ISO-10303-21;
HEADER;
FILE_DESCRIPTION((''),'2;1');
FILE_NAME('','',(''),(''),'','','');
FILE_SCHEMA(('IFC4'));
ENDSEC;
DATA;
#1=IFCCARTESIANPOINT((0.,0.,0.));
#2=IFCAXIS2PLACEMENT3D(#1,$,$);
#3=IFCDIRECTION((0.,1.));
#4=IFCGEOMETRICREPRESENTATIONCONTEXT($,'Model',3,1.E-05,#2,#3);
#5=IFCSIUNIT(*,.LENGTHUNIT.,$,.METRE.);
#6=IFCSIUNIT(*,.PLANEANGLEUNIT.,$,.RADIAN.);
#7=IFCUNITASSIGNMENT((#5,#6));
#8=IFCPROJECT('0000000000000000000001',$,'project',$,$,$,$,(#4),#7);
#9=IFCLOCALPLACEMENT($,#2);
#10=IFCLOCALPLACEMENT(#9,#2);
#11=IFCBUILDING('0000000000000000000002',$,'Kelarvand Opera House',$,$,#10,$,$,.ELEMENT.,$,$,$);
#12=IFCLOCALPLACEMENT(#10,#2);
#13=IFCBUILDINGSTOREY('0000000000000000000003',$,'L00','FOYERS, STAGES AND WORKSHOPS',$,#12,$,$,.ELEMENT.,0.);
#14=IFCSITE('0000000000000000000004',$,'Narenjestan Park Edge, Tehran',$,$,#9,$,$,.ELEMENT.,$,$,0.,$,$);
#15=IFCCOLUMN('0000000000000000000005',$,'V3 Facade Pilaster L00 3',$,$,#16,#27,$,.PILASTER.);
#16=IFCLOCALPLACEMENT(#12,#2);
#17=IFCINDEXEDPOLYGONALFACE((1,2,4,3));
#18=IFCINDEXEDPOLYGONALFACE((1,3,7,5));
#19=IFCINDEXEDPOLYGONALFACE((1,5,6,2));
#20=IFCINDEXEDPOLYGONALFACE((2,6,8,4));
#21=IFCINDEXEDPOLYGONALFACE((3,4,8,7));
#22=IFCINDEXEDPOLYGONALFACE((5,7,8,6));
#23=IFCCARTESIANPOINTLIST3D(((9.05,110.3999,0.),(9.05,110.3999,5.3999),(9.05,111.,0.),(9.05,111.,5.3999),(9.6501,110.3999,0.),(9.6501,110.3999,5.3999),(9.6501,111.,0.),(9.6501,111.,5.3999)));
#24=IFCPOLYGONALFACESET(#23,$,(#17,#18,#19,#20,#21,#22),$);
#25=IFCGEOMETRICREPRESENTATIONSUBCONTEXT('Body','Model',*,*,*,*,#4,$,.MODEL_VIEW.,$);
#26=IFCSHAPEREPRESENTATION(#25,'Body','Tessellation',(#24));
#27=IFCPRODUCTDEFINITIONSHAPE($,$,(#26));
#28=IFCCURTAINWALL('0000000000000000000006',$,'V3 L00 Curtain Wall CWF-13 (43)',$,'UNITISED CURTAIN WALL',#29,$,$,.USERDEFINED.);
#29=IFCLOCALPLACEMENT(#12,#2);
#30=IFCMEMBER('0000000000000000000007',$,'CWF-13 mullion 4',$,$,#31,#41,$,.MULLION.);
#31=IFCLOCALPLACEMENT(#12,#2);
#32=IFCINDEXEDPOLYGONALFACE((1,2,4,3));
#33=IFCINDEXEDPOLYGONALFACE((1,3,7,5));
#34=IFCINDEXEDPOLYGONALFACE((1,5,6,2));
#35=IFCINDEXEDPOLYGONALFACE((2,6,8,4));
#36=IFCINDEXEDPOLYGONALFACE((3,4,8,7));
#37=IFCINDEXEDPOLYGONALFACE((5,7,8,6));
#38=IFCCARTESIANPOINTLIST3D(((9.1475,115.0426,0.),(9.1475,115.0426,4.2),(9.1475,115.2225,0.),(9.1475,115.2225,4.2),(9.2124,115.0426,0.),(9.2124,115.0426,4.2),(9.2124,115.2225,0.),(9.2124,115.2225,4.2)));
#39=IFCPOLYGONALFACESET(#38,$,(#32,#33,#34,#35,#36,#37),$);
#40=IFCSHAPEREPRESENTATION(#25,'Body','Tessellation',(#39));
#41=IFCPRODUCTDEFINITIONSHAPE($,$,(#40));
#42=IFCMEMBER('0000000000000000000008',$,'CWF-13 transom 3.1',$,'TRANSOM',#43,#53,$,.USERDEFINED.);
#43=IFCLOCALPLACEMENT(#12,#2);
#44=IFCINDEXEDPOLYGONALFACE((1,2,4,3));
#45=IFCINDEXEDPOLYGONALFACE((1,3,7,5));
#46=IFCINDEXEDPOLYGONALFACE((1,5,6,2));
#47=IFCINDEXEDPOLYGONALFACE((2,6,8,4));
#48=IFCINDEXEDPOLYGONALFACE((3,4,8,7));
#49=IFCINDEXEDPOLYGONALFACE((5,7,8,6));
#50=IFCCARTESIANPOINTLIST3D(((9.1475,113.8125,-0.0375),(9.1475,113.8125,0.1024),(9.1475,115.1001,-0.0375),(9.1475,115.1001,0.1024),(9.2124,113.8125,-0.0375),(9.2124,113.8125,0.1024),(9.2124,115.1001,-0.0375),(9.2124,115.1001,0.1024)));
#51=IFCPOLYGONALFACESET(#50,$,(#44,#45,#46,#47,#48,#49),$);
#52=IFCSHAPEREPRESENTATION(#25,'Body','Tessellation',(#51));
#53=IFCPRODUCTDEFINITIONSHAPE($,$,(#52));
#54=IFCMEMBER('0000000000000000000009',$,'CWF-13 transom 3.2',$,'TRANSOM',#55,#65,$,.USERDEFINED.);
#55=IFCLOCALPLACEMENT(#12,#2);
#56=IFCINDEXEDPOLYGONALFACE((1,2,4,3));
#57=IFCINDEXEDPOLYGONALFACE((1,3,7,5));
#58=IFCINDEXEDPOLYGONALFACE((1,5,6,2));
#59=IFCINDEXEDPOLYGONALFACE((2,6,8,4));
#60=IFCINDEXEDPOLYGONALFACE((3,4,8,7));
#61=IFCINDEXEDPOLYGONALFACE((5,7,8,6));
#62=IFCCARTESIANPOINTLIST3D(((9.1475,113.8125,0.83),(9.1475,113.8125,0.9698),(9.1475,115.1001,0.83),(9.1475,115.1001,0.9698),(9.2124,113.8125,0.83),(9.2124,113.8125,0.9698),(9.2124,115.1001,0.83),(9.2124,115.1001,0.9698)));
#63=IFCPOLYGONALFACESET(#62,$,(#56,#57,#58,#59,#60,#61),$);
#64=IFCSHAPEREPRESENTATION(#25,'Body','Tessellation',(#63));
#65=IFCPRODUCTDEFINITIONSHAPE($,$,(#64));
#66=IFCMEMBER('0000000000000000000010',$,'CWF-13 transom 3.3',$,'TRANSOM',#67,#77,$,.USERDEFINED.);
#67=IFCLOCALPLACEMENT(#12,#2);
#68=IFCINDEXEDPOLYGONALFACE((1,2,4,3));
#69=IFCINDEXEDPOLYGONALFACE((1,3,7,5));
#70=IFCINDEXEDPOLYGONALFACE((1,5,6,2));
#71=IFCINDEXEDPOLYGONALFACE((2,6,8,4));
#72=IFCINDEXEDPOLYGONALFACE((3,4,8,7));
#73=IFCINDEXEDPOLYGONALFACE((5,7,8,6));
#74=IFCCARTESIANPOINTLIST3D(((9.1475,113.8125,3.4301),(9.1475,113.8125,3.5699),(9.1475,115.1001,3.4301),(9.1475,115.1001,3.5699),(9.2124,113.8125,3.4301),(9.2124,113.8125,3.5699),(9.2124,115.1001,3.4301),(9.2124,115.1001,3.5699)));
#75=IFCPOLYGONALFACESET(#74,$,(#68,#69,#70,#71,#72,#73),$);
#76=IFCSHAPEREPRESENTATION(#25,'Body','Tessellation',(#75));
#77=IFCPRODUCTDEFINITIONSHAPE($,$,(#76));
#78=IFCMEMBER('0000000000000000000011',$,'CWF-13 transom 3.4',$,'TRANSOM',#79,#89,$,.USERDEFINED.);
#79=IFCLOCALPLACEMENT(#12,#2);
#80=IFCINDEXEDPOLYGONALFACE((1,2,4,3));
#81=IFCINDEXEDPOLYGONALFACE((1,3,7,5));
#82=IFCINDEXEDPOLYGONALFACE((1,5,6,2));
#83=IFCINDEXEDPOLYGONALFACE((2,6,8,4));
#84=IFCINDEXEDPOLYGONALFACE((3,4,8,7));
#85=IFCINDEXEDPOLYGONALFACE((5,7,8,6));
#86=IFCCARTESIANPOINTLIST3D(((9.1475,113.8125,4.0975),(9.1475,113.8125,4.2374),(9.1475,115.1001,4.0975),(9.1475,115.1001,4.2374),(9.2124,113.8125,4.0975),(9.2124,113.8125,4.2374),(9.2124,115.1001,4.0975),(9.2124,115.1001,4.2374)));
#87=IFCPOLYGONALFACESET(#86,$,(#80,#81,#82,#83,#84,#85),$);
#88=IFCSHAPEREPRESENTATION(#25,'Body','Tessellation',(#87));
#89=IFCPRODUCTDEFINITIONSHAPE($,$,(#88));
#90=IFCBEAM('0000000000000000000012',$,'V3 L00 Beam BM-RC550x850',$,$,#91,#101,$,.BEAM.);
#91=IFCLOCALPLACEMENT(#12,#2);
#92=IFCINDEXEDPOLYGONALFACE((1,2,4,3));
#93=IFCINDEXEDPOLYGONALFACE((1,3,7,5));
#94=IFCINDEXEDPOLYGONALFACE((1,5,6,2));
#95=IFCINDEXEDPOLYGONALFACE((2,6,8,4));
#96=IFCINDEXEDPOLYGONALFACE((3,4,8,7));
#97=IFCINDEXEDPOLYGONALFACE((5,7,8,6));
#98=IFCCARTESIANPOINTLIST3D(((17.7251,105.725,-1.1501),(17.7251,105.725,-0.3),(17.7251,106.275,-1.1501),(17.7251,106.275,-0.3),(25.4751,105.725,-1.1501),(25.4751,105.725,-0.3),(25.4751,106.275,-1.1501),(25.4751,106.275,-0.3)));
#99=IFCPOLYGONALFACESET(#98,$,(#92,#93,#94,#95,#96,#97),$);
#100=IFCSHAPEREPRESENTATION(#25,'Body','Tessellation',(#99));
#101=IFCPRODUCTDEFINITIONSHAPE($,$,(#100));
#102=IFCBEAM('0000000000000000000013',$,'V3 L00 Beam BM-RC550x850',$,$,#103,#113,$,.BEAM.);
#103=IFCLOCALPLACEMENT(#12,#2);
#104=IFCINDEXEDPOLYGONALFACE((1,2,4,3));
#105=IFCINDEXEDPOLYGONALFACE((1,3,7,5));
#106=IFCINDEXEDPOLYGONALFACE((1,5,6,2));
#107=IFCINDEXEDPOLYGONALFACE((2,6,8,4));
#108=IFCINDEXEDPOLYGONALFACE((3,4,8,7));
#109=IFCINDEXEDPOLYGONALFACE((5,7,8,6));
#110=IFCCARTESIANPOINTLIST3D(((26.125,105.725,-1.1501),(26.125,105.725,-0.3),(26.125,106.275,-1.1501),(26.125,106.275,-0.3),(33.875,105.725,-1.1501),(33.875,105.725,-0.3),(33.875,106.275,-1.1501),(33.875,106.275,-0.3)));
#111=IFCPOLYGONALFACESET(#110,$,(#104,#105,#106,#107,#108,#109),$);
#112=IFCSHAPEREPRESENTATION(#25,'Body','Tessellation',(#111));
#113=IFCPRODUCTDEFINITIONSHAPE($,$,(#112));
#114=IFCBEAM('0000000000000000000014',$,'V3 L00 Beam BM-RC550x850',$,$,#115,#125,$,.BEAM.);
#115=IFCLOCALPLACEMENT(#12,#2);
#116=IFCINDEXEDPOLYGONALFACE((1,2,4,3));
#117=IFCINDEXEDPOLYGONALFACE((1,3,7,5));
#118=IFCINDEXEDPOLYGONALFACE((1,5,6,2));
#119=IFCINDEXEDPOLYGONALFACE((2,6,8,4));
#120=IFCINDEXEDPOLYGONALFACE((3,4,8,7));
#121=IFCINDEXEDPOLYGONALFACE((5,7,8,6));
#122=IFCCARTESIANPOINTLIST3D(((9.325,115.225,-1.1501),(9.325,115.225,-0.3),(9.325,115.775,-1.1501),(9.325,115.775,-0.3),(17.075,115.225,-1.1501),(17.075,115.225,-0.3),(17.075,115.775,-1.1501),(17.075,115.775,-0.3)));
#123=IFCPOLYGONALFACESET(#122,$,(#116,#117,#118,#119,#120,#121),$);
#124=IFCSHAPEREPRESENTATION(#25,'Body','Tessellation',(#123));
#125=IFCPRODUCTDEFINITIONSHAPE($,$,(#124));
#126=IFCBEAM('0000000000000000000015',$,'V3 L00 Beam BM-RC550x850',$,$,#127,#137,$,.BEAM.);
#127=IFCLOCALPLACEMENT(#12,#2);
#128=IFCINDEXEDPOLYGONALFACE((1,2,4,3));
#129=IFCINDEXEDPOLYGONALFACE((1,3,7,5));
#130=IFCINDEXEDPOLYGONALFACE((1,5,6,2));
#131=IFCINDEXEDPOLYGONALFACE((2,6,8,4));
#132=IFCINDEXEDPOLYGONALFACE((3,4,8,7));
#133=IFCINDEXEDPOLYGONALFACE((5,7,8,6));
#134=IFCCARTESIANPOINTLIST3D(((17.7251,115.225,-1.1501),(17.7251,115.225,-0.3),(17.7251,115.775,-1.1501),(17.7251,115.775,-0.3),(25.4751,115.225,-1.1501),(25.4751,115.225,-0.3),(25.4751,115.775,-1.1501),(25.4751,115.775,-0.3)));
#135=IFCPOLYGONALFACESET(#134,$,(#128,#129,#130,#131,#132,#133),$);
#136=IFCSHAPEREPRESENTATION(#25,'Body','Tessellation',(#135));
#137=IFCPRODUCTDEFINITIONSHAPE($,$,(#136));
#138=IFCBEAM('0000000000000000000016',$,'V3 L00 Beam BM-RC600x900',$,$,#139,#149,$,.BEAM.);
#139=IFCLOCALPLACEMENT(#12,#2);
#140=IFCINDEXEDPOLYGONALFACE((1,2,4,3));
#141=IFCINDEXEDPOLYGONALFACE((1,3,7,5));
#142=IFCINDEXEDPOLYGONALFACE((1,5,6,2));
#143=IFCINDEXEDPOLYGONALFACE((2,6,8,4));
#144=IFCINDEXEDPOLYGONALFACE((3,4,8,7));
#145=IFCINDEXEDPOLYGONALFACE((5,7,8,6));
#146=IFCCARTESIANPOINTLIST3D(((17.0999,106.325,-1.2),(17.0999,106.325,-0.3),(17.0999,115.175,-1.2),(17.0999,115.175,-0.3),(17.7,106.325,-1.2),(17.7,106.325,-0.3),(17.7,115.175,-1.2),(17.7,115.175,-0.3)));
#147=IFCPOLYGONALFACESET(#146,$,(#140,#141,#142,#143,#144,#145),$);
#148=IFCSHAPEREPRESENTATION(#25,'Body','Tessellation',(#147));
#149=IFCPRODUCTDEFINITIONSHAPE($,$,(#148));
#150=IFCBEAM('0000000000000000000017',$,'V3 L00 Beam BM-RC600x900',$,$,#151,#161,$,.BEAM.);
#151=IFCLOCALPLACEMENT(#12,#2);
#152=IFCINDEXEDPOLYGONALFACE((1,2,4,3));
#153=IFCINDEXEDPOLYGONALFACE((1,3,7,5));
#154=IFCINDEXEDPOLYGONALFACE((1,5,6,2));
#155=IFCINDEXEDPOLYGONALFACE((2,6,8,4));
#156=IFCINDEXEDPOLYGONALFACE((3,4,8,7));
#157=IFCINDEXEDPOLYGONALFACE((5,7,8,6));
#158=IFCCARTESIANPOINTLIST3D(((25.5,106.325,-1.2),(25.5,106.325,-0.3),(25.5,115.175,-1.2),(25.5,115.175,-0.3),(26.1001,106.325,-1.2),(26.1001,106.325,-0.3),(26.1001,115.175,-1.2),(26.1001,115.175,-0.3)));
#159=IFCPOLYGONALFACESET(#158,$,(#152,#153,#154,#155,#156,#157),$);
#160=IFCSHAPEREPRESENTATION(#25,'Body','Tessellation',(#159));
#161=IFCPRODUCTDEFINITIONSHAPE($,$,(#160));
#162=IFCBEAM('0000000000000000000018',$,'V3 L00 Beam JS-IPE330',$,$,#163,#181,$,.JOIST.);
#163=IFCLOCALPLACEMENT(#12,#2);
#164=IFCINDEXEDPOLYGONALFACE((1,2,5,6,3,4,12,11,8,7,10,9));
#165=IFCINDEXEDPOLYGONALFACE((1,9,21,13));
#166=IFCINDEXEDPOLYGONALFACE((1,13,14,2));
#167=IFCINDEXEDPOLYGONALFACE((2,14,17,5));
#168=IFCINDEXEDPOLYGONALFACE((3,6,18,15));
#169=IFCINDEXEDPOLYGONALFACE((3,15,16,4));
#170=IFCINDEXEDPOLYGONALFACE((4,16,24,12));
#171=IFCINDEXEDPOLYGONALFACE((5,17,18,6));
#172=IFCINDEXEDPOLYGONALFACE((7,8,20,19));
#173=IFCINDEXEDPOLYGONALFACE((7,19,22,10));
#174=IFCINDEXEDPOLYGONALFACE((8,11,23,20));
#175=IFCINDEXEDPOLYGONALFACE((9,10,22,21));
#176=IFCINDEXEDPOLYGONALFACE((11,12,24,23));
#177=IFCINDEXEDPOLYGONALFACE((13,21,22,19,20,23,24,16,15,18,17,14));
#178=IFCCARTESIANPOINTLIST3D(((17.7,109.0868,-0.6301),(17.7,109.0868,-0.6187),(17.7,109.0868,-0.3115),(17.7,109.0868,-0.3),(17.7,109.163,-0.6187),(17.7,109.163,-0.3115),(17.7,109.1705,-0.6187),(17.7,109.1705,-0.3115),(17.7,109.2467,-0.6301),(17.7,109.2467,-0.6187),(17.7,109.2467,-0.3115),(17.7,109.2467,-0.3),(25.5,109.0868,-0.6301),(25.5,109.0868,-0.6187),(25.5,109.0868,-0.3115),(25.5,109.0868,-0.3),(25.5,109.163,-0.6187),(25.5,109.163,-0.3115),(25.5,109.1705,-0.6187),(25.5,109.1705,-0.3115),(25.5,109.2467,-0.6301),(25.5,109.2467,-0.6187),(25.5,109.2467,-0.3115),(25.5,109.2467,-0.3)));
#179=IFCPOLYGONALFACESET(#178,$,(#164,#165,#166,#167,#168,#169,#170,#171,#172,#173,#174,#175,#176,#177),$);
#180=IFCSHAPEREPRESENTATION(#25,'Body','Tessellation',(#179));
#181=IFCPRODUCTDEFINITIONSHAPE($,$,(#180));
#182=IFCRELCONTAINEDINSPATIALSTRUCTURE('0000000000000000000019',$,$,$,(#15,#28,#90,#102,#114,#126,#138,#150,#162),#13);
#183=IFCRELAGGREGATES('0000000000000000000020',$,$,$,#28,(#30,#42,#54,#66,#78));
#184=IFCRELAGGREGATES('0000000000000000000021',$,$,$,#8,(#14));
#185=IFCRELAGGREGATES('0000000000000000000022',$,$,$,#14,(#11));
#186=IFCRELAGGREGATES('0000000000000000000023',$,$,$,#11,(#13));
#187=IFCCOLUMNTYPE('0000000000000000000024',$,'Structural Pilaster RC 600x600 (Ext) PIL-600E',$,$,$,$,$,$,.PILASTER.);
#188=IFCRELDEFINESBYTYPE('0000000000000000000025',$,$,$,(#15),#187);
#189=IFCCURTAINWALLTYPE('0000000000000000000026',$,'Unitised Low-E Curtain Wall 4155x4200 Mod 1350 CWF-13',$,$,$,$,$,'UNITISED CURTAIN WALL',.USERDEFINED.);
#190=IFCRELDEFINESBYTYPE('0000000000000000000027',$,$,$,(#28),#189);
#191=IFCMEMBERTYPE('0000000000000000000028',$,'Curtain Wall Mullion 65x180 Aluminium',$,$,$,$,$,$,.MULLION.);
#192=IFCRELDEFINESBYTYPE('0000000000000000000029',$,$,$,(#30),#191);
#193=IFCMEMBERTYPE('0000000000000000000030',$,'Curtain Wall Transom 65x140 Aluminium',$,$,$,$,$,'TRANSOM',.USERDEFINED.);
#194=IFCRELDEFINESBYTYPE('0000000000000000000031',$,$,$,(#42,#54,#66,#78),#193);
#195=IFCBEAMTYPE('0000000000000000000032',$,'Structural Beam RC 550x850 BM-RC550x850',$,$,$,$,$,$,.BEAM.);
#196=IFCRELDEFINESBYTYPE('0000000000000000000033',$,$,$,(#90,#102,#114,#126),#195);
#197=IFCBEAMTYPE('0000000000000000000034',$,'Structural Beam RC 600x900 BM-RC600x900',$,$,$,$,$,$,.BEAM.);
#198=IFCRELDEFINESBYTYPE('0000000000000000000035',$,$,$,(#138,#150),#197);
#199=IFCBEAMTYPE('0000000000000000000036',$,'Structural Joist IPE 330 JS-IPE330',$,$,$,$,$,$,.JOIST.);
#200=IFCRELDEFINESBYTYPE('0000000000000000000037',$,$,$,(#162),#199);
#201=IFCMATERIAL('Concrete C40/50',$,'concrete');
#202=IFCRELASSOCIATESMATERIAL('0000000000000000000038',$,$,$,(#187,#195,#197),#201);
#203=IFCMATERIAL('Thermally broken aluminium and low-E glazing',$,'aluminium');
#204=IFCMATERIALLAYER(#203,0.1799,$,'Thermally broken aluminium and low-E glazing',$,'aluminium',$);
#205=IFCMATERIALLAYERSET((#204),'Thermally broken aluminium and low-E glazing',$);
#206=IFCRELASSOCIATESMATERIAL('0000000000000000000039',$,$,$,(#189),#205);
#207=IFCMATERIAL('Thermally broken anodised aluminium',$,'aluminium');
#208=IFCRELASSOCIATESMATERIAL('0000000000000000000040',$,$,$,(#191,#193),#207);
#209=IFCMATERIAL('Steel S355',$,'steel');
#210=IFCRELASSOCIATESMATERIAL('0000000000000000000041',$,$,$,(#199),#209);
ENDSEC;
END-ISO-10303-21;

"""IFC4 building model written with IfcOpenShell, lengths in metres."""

from ifc_helpers import new_model, si_unit, direction, frame, origin, origin_2d, place, context, subcontext, project, spatial, rectangle, i_section, extrude, material, layer, layer_set, material_profile, profile_set, type_object, element, aggregate, save


model = new_model("IFC4")

# Units and contexts
model_context = context("Model", 3, precision=1e-05, world=origin(), true_north=direction((0.0, 1.0)))
body_context = subcontext(model_context, "Body", "Model", "MODEL_VIEW")
ifc_project = project(units=[si_unit("LENGTHUNIT", "METRE"), si_unit("PLANEANGLEUNIT", "RADIAN")], contexts=[model_context])

# Site, building, storey
site_placement = place(None, origin())
site = spatial("IfcSite", under=ifc_project, at=site_placement, Name="Narenjestan Park Edge, Tehran", CompositionType="ELEMENT", RefElevation=0.0)
building_placement = place(site_placement, origin())
building = spatial("IfcBuilding", under=site, at=building_placement, Name="Kelarvand Opera House", CompositionType="ELEMENT")
storey_placement = place(building_placement, origin())
storey = spatial("IfcBuildingStorey", under=building, at=storey_placement, Name="L00", Description="FOYERS, STAGES AND WORKSHOPS", CompositionType="ELEMENT", Elevation=0.0)

# Column
ifc_material_1 = material(Name="Concrete C40/50", Category="concrete")
ifc_material_profile_1 = material_profile(ifc_material_1, rectangle(XDim=0.6001, YDim=0.6001, at=origin_2d()), Name="RC 600x600", Category="concrete")
ifc_profile_set_1 = profile_set([ifc_material_profile_1], Name="Concrete C40/50")
column_type = type_object("IfcColumnType", Name="Structural Pilaster RC 600x600 (Ext) PIL-600E", PredefinedType="PILASTER", material=ifc_profile_set_1)
column_placement = place(storey_placement, frame((9.3501, 110.7, 0.0), z_axis=(0.0, 0.0, 1.0), x_axis=(1.0, 0.0, 0.0)))
element("IfcColumn", 1, at=column_placement, inside=storey, type_object=column_type, Name="V3 Facade Pilaster L00 3", PredefinedType="PILASTER", context=body_context, shape_type="SweptSolid", body=[
    extrude(rectangle(XDim=0.6001, YDim=0.6001, at=origin_2d()), origin(), (0.0, 0.0, 1.0), 5.3999),
])

# Curtain wall, members
ifc_material_2 = material(Name="Thermally broken aluminium and low-E glazing", Category="aluminium")
ifc_layer_1 = layer(ifc_material_2, 0.1799, Name="Thermally broken aluminium and low-E glazing", Category="aluminium")
ifc_layer_set_1 = layer_set([ifc_layer_1], Name="Thermally broken aluminium and low-E glazing")
curtain_wall_type = type_object("IfcCurtainWallType", Name="Unitised Low-E Curtain Wall 4155x4200 Mod 1350 CWF-13", ElementType="UNITISED CURTAIN WALL", PredefinedType="USERDEFINED", material=ifc_layer_set_1)
curtain_wall_placement = place(storey_placement, origin())
curtain_wall = element("IfcCurtainWall", 2, at=curtain_wall_placement, inside=storey, type_object=curtain_wall_type, Name="V3 L00 Curtain Wall CWF-13 (43)", ObjectType="UNITISED CURTAIN WALL", PredefinedType="USERDEFINED")
ifc_material_3 = material(Name="Thermally broken anodised aluminium", Category="aluminium")
ifc_material_profile_2 = material_profile(ifc_material_3, rectangle(XDim=0.0649, YDim=0.1799, at=origin_2d()), Name="ALU MULLION 65x180", Category="aluminium")
ifc_profile_set_2 = profile_set([ifc_material_profile_2], Name="Thermally broken anodised aluminium")
member_type_1 = type_object("IfcMemberType", Name="Curtain Wall Mullion 65x180 Aluminium", PredefinedType="MULLION", material=ifc_profile_set_2)
member_1_placement = place(storey_placement, frame((9.1799, 115.1326, 0.0), z_axis=(0.0, 0.0, 1.0), x_axis=(-1.0, 0.0, 0.0)))
member_1 = element("IfcMember", 3, at=member_1_placement, type_object=member_type_1, Name="CWF-13 mullion 4", PredefinedType="MULLION", context=body_context, shape_type="SweptSolid", body=[
    extrude(rectangle(XDim=0.0649, YDim=0.1799, at=origin_2d()), origin(), (0.0, 0.0, 1.0), 4.2),
])
ifc_material_profile_3 = material_profile(ifc_material_3, rectangle(XDim=0.0649, YDim=0.1399, at=origin_2d()), Name="ALU TRANSOM 65x140", Category="aluminium")
ifc_profile_set_3 = profile_set([ifc_material_profile_3], Name="Thermally broken anodised aluminium")
member_type_2 = type_object("IfcMemberType", Name="Curtain Wall Transom 65x140 Aluminium", ElementType="TRANSOM", PredefinedType="USERDEFINED", material=ifc_profile_set_3)
member_2_placement = place(storey_placement, frame((9.1799, 113.8125, 0.0325), z_axis=(0.0, 1.0, 0.0), x_axis=(-1.0, 0.0, 0.0)))
member_2 = element("IfcMember", 4, at=member_2_placement, type_object=member_type_2, Name="CWF-13 transom 3.1", ObjectType="TRANSOM", PredefinedType="USERDEFINED", context=body_context, shape_type="SweptSolid", body=[
    extrude(rectangle(XDim=0.0649, YDim=0.1399, at=origin_2d()), origin(), (0.0, 0.0, 1.0), 1.2876),
])
member_3_placement = place(storey_placement, frame((9.1799, 113.8125, 0.8999), z_axis=(0.0, 1.0, 0.0), x_axis=(-1.0, 0.0, 0.0)))
member_3 = element("IfcMember", 5, at=member_3_placement, type_object=member_type_2, Name="CWF-13 transom 3.2", ObjectType="TRANSOM", PredefinedType="USERDEFINED", context=body_context, shape_type="SweptSolid", body=[
    extrude(rectangle(XDim=0.0649, YDim=0.1399, at=origin_2d()), origin(), (0.0, 0.0, 1.0), 1.2876),
])
member_4_placement = place(storey_placement, frame((9.1799, 113.8125, 3.5), z_axis=(0.0, 1.0, 0.0), x_axis=(-1.0, 0.0, 0.0)))
member_4 = element("IfcMember", 6, at=member_4_placement, type_object=member_type_2, Name="CWF-13 transom 3.3", ObjectType="TRANSOM", PredefinedType="USERDEFINED", context=body_context, shape_type="SweptSolid", body=[
    extrude(rectangle(XDim=0.0649, YDim=0.1399, at=origin_2d()), origin(), (0.0, 0.0, 1.0), 1.2876),
])
member_5_placement = place(storey_placement, frame((9.1799, 113.8125, 4.1675), z_axis=(0.0, 1.0, 0.0), x_axis=(-1.0, 0.0, 0.0)))
member_5 = element("IfcMember", 7, at=member_5_placement, type_object=member_type_2, Name="CWF-13 transom 3.4", ObjectType="TRANSOM", PredefinedType="USERDEFINED", context=body_context, shape_type="SweptSolid", body=[
    extrude(rectangle(XDim=0.0649, YDim=0.1399, at=origin_2d()), origin(), (0.0, 0.0, 1.0), 1.2876),
])

# Beams
ifc_material_profile_4 = material_profile(ifc_material_1, rectangle(XDim=0.55, YDim=0.8501, at=origin_2d()), Name="RC 550x850", Category="concrete")
ifc_profile_set_4 = profile_set([ifc_material_profile_4], Name="Concrete C40/50")
beam_type_1 = type_object("IfcBeamType", Name="Structural Beam RC 550x850 BM-RC550x850", PredefinedType="BEAM", material=ifc_profile_set_4)
for number, where, z_axis, x_axis, name in (
    (8, (17.7251, 106.0, -0.7251), (1.0, 0.0, 0.0), (0.0, 1.0, 0.0), "V3 L00 Beam BM-RC550x850"),
    (9, (26.125, 106.0, -0.7251), (1.0, 0.0, 0.0), (0.0, 1.0, 0.0), "V3 L00 Beam BM-RC550x850"),
    (10, (9.325, 115.5, -0.7251), (1.0, 0.0, 0.0), (0.0, 1.0, 0.0), "V3 L00 Beam BM-RC550x850"),
    (11, (17.7251, 115.5, -0.7251), (1.0, 0.0, 0.0), (0.0, 1.0, 0.0), "V3 L00 Beam BM-RC550x850"),
):
    element("IfcBeam", number, at=place(storey_placement, frame(where, z_axis=z_axis, x_axis=x_axis)), inside=storey, type_object=beam_type_1, Name=name, PredefinedType="BEAM", context=body_context, shape_type="SweptSolid", body=[
        extrude(rectangle(XDim=0.55, YDim=0.8501, at=origin_2d()), origin(), (0.0, 0.0, 1.0), 7.75),
    ])
ifc_material_profile_5 = material_profile(ifc_material_1, rectangle(XDim=0.6001, YDim=0.8999, at=origin_2d()), Name="RC 600x900", Category="concrete")
ifc_profile_set_5 = profile_set([ifc_material_profile_5], Name="Concrete C40/50")
beam_type_2 = type_object("IfcBeamType", Name="Structural Beam RC 600x900 BM-RC600x900", PredefinedType="BEAM", material=ifc_profile_set_5)
for number, where, z_axis, x_axis, name in (
    (12, (17.3999, 106.325, -0.75), (0.0, 1.0, 0.0), (-1.0, 0.0, 0.0), "V3 L00 Beam BM-RC600x900"),
    (13, (25.8, 106.325, -0.75), (0.0, 1.0, 0.0), (-1.0, 0.0, 0.0), "V3 L00 Beam BM-RC600x900"),
):
    element("IfcBeam", number, at=place(storey_placement, frame(where, z_axis=z_axis, x_axis=x_axis)), inside=storey, type_object=beam_type_2, Name=name, PredefinedType="BEAM", context=body_context, shape_type="SweptSolid", body=[
        extrude(rectangle(XDim=0.6001, YDim=0.8999, at=origin_2d()), origin(), (0.0, 0.0, 1.0), 8.8501),
    ])
ifc_material_4 = material(Name="Steel S355", Category="steel")
ifc_material_profile_6 = material_profile(ifc_material_4, i_section(OverallWidth=0.1599, OverallDepth=0.3301, WebThickness=0.0076, FlangeThickness=0.0115, at=origin_2d()), Name="IPE 330", Category="steel")
ifc_profile_set_6 = profile_set([ifc_material_profile_6], Name="Steel S355")
beam_type_3 = type_object("IfcBeamType", Name="Structural Joist IPE 330 JS-IPE330", PredefinedType="JOIST", material=ifc_profile_set_6)
for number, where, z_axis, x_axis, name in (
    (14, (17.7, 109.1667, -0.4651), (1.0, 0.0, 0.0), (0.0, 1.0, 0.0), "V3 L00 Beam JS-IPE330"),
):
    element("IfcBeam", number, at=place(storey_placement, frame(where, z_axis=z_axis, x_axis=x_axis)), inside=storey, type_object=beam_type_3, Name=name, PredefinedType="JOIST", context=body_context, shape_type="SweptSolid", body=[
        extrude(i_section(OverallWidth=0.1599, OverallDepth=0.3301, WebThickness=0.0076, FlangeThickness=0.0115, at=origin_2d()), origin(), (0.0, 0.0, 1.0), 7.8),
    ])

aggregate(curtain_wall, [member_1, member_2, member_3, member_4, member_5])

save(model, "model.ifc")
